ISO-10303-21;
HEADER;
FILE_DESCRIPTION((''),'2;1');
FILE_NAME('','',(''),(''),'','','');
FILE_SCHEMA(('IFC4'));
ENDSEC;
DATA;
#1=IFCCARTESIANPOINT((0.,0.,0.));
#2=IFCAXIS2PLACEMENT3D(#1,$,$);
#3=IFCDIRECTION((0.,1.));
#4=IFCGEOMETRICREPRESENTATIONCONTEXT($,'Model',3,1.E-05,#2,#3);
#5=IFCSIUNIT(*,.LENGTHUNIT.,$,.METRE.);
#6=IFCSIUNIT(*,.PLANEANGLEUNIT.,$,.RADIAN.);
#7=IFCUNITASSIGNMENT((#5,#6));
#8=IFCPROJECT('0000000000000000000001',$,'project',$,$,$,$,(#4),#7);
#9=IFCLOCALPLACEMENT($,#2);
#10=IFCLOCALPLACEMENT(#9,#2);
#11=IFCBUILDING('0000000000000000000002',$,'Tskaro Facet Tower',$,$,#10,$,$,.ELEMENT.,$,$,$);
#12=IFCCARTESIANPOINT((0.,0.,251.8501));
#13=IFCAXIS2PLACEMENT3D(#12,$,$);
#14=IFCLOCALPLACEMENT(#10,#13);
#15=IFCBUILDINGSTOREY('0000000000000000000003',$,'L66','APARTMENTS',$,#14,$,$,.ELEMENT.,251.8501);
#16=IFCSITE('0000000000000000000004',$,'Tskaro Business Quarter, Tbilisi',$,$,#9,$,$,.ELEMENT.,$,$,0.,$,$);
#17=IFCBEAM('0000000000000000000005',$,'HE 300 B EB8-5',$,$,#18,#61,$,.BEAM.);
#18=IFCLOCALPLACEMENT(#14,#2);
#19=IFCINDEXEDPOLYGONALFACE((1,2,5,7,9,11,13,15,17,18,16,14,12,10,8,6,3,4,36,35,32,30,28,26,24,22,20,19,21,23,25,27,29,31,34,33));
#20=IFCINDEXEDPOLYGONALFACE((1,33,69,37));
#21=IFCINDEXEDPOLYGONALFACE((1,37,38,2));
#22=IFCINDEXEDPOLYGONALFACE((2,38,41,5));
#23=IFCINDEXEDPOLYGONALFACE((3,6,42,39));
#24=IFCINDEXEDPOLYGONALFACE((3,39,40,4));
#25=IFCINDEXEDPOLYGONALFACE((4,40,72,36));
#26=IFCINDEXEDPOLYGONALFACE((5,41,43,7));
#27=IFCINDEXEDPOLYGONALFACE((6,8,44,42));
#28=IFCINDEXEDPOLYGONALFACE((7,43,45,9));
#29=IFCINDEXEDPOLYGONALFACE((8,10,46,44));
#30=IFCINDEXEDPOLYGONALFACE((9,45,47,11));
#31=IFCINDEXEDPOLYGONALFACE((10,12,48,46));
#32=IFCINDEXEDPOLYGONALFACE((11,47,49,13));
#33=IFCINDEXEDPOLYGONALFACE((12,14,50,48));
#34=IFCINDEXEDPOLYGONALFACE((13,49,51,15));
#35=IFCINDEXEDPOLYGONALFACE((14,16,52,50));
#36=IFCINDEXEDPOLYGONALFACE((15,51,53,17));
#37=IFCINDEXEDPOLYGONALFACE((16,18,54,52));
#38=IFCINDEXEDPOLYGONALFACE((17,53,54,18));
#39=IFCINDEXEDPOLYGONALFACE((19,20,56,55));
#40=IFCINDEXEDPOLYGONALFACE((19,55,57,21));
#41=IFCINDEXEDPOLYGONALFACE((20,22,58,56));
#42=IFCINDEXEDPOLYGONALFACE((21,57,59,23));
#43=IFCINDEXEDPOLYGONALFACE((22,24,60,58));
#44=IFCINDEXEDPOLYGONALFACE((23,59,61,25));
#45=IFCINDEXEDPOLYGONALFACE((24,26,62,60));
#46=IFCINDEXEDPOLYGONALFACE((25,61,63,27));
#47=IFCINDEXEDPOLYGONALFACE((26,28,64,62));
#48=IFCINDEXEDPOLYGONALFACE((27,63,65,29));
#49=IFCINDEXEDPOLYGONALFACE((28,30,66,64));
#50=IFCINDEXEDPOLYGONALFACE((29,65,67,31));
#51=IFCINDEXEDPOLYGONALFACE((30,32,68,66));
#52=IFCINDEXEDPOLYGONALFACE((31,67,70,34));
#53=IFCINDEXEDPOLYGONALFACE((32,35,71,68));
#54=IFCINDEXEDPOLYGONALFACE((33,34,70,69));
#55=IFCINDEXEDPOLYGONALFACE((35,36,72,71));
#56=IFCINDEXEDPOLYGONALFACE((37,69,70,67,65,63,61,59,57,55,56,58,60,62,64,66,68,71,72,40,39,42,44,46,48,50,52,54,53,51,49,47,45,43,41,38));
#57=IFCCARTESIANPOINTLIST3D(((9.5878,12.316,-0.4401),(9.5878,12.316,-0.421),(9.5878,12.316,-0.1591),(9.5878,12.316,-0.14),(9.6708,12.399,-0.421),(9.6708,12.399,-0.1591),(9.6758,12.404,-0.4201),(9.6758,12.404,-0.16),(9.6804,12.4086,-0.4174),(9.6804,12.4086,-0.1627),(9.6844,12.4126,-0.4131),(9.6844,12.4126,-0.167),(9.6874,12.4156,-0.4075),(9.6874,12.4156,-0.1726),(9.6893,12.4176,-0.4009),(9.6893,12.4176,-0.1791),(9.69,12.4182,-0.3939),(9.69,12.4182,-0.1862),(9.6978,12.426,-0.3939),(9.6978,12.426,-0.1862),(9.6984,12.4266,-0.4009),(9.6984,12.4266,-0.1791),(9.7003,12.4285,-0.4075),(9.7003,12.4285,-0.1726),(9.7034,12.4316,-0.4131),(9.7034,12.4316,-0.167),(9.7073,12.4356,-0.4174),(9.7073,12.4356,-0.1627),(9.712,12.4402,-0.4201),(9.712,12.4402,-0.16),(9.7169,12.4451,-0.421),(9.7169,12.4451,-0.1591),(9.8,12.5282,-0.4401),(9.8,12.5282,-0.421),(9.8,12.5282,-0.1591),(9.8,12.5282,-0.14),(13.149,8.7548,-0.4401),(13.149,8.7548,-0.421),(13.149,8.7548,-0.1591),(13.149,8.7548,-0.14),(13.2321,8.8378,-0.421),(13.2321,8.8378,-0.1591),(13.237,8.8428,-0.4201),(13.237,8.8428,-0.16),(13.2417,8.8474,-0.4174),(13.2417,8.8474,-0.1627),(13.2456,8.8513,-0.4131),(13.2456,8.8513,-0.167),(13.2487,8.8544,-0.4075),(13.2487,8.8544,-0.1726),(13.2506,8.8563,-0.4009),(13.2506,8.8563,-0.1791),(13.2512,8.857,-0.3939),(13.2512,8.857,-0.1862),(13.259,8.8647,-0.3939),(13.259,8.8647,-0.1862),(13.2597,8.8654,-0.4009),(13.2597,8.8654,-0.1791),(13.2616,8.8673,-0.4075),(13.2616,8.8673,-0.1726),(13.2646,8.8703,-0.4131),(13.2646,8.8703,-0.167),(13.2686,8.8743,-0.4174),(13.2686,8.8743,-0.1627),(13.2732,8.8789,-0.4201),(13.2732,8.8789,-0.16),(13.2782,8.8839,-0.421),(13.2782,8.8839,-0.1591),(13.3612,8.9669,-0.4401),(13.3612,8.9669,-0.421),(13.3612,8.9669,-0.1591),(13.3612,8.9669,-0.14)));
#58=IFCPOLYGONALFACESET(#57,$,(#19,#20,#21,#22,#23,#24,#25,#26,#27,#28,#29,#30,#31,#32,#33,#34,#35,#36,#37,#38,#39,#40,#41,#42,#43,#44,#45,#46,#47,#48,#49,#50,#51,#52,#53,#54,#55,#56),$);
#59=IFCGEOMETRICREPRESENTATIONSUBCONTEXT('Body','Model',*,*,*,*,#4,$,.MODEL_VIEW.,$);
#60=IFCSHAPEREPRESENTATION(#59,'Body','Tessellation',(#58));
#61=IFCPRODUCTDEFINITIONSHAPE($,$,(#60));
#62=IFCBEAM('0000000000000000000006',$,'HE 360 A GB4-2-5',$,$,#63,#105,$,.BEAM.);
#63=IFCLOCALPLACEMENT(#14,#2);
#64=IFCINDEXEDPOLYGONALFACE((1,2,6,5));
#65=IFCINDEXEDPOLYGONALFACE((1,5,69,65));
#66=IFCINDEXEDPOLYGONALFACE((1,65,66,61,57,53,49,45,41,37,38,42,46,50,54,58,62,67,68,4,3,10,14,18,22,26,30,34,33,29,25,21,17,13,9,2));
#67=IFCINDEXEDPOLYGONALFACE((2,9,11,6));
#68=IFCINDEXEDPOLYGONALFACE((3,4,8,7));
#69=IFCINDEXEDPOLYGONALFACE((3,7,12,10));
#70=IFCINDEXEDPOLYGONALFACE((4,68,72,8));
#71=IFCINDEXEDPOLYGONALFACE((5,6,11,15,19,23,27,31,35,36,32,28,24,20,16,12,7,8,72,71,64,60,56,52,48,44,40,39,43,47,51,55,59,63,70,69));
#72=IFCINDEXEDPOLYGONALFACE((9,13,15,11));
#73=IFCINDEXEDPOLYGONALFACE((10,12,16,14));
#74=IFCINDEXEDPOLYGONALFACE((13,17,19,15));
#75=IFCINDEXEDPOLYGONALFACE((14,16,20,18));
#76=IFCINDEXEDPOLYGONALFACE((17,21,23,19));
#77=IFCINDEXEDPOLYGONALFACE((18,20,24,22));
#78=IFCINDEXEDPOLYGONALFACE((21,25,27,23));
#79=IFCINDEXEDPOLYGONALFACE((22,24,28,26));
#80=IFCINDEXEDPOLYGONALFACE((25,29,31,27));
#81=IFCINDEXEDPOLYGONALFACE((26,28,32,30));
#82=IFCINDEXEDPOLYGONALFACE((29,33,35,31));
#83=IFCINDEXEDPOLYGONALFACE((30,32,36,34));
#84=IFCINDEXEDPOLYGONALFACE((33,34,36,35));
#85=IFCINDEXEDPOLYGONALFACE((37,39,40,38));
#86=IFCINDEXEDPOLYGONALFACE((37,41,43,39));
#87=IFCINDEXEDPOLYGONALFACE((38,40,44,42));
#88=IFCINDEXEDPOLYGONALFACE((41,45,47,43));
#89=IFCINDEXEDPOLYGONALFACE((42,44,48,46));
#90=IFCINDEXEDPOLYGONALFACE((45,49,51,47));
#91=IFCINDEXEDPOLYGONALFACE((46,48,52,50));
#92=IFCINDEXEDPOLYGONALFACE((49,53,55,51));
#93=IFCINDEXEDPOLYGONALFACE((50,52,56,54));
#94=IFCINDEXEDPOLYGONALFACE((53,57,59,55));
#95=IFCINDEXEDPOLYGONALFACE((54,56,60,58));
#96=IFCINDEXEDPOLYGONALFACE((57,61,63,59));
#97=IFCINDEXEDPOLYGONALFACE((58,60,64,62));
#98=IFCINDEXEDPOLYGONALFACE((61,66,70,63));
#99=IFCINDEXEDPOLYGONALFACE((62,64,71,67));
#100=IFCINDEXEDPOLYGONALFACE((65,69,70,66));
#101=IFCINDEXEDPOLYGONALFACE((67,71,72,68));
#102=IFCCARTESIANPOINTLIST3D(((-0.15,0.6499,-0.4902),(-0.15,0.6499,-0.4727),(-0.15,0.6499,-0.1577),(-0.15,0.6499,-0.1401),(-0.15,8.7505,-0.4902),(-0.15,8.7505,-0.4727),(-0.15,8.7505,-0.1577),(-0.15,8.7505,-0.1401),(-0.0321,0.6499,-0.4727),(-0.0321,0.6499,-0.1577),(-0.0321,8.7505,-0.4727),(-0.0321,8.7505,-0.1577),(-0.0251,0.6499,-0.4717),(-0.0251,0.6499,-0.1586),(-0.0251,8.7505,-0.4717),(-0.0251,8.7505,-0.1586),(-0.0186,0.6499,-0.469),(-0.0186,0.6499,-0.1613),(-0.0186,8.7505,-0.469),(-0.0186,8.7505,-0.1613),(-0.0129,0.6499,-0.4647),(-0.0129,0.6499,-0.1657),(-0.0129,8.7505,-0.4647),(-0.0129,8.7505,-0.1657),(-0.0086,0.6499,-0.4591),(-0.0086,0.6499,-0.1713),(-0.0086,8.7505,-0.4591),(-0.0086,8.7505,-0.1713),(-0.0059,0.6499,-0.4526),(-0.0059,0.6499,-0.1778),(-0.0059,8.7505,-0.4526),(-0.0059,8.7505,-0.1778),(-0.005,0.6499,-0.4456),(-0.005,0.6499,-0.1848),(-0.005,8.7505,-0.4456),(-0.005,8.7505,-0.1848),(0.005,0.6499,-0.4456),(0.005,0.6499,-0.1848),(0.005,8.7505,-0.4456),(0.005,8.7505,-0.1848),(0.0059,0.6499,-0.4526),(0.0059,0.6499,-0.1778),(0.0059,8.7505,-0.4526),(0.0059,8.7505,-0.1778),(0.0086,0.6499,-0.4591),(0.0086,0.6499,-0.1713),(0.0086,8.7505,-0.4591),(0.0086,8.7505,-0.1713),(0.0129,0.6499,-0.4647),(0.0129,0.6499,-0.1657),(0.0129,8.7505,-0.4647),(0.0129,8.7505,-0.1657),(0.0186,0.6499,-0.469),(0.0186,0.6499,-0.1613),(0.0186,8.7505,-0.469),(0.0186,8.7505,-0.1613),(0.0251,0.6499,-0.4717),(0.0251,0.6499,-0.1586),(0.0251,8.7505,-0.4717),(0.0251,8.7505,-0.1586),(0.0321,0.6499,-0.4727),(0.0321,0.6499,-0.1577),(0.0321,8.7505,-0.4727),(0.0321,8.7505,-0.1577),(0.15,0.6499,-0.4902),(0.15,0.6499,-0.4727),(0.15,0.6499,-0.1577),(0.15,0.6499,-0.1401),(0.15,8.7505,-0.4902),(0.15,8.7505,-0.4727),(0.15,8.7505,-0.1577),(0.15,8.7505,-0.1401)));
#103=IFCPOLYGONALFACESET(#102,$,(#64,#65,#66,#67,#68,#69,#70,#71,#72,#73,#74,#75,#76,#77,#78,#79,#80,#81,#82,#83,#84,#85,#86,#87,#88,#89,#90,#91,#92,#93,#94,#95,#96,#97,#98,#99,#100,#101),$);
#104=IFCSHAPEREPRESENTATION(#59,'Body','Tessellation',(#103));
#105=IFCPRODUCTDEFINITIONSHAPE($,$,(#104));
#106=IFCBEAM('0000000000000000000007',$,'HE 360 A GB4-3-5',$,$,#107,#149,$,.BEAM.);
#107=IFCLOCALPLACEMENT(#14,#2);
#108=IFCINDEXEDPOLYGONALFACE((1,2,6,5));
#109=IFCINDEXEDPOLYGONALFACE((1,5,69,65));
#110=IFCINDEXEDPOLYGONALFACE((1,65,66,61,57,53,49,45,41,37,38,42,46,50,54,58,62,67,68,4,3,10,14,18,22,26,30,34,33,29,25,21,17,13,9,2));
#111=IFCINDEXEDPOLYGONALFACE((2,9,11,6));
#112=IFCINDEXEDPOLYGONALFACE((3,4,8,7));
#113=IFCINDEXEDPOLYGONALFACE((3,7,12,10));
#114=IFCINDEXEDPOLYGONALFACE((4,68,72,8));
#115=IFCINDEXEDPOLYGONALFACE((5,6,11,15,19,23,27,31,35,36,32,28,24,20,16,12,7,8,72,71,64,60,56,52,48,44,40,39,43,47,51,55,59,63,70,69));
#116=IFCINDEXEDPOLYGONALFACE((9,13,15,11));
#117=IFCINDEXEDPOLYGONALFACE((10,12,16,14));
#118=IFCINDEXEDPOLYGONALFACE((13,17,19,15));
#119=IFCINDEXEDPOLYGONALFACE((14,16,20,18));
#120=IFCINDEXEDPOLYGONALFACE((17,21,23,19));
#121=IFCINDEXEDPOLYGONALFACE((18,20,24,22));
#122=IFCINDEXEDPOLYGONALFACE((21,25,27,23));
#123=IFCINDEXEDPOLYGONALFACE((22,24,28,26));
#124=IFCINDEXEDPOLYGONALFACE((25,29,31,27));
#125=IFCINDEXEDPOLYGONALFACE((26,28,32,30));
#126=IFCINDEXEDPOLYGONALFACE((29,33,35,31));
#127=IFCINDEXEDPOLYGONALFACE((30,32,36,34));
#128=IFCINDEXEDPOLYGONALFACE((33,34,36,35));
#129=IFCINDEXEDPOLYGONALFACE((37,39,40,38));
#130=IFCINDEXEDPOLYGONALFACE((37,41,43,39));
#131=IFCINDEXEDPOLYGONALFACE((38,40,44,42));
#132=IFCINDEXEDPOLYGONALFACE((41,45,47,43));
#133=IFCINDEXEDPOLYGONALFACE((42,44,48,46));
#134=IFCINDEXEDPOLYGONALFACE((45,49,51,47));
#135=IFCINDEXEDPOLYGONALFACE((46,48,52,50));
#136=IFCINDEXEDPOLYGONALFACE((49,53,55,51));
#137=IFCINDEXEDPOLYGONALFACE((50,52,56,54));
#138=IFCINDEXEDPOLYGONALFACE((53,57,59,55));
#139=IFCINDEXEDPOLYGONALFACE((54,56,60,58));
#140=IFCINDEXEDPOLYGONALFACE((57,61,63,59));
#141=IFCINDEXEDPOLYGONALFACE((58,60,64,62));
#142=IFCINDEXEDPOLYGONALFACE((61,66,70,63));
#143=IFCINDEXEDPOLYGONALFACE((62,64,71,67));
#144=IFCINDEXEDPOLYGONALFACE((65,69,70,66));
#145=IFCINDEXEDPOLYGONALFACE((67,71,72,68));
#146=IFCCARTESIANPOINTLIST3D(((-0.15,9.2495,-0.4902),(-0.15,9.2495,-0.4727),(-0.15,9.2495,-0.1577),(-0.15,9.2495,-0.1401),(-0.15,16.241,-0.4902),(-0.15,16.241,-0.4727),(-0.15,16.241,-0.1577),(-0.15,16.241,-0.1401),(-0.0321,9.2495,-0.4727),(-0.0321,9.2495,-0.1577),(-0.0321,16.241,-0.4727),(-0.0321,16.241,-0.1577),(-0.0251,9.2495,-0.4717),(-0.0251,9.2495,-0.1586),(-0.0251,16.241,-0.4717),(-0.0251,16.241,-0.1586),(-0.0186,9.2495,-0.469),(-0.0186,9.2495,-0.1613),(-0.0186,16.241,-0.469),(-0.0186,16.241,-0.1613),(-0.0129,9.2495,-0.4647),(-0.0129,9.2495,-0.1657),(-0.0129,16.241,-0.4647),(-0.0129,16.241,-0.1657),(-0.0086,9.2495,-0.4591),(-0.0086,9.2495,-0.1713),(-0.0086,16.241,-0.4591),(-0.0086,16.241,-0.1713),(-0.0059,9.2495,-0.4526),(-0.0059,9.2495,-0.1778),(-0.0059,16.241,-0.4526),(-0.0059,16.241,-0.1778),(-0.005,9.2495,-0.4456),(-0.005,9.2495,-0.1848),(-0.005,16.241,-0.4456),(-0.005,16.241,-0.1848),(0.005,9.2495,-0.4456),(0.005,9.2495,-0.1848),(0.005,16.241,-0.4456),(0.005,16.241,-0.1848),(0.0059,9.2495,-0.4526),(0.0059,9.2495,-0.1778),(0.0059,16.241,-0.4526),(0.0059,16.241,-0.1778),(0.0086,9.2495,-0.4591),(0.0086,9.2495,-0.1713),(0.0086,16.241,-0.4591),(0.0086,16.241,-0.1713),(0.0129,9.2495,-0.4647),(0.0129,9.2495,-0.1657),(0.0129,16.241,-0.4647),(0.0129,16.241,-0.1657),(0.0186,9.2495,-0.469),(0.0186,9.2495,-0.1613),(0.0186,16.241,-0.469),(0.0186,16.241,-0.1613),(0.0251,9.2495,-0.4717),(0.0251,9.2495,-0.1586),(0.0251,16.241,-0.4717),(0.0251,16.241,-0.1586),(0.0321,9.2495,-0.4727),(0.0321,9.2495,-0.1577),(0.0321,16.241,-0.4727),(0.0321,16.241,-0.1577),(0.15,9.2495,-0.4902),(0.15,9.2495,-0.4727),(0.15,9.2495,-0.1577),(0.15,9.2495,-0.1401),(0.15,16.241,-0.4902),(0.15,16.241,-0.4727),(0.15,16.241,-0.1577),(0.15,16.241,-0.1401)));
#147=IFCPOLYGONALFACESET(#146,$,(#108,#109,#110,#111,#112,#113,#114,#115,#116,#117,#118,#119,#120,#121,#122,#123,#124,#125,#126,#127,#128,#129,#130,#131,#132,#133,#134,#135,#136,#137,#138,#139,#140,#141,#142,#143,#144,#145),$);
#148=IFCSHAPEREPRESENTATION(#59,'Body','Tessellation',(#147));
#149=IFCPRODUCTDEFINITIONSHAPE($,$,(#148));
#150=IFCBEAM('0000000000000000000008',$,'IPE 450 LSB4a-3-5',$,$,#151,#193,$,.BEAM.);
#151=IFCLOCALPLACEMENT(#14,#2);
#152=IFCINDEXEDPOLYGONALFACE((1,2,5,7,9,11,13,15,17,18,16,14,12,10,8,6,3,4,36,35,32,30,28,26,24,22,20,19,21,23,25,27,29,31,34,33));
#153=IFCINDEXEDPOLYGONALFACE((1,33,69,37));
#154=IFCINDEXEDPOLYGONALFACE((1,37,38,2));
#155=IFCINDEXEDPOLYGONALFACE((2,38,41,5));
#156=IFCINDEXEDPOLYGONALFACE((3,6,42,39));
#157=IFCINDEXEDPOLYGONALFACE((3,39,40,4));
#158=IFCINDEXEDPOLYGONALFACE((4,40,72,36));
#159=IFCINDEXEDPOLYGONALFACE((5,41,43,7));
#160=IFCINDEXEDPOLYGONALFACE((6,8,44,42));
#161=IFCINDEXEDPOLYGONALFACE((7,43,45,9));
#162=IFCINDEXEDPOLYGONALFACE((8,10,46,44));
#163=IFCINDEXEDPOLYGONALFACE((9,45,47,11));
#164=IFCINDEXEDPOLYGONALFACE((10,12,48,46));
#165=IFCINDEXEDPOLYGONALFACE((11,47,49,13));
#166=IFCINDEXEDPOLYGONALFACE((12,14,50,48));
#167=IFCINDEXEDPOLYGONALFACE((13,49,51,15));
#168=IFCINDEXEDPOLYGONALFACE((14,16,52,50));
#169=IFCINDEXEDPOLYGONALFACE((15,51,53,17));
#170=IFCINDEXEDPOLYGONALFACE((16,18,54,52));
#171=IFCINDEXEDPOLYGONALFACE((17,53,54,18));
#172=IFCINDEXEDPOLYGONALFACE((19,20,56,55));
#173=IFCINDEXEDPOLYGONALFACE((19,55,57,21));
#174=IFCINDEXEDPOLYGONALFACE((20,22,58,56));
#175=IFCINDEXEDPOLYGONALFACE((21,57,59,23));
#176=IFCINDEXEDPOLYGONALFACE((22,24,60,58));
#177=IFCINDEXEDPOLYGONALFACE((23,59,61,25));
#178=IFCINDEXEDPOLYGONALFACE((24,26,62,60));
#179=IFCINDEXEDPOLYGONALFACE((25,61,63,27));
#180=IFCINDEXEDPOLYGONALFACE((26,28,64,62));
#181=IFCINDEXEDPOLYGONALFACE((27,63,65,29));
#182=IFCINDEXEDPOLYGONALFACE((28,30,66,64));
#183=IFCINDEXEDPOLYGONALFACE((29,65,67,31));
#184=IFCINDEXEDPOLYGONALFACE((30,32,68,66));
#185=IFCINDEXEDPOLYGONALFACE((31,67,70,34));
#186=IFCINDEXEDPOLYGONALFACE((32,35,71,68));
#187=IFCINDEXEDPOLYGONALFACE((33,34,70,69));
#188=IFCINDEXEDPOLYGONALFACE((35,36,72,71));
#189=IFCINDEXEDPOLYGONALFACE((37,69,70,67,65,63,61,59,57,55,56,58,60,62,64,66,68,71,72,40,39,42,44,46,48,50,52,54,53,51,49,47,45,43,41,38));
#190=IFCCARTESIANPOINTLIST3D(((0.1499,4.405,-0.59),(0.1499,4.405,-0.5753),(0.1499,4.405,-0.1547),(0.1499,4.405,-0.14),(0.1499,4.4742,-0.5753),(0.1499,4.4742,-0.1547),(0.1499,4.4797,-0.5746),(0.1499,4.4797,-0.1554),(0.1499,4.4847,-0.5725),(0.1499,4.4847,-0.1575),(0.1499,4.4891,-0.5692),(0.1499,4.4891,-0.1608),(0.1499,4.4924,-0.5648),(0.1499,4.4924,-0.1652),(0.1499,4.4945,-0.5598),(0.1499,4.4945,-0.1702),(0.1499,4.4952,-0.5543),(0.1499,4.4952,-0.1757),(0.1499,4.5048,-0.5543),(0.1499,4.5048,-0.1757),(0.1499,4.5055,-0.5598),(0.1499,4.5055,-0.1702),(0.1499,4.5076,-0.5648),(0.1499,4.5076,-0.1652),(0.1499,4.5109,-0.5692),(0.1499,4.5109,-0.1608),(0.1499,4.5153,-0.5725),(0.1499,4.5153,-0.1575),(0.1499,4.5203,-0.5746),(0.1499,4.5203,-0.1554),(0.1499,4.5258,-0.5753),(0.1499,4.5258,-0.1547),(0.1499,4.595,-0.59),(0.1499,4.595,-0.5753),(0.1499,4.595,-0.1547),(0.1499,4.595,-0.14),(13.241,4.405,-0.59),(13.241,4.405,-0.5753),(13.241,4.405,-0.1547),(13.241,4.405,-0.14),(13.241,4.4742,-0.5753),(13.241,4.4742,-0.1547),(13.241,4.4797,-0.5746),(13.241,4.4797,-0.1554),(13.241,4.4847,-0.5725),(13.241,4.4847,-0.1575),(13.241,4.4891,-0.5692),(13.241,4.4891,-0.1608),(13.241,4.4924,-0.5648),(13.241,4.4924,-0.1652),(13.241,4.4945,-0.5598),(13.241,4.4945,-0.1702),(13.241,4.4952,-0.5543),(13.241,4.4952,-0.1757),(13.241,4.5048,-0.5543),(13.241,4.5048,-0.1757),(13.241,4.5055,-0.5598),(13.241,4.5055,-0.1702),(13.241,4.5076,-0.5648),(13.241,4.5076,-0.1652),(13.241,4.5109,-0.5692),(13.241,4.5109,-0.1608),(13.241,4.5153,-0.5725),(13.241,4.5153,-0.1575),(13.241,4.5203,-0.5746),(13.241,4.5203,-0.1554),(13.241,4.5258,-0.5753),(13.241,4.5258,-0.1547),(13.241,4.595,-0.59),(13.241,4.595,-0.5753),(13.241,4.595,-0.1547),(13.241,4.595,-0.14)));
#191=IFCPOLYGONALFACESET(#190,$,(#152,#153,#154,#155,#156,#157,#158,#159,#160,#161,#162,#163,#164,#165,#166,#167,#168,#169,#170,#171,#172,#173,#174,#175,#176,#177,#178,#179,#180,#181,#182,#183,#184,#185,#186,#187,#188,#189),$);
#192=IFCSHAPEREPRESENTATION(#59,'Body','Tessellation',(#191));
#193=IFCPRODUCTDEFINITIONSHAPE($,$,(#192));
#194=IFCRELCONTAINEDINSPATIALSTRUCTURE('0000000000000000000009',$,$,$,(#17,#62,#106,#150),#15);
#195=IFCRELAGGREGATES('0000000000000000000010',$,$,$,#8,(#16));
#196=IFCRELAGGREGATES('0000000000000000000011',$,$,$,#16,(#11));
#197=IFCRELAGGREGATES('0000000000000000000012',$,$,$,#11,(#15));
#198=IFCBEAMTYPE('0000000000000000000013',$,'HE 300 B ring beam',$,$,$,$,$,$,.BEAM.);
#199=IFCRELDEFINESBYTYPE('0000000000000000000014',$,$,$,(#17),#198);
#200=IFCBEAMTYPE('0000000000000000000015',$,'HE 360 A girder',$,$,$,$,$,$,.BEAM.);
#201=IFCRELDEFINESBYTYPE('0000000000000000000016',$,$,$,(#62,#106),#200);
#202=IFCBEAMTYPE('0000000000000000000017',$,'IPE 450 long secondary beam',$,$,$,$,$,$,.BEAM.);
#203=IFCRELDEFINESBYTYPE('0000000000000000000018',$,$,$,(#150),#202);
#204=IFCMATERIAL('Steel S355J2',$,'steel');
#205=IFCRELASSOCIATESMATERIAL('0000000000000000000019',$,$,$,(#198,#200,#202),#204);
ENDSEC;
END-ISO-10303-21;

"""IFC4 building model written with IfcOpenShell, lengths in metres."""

from ifc_helpers import new_model, si_unit, direction, frame, origin, origin_2d, place, context, subcontext, project, spatial, i_section, extrude, material, material_profile, profile_set, type_object, element, save


model = new_model("IFC4")

# Units and contexts
model_context = context("Model", 3, precision=1e-05, world=origin(), true_north=direction((0.0, 1.0)))
body_context = subcontext(model_context, "Body", "Model", "MODEL_VIEW")
ifc_project = project(units=[si_unit("LENGTHUNIT", "METRE"), si_unit("PLANEANGLEUNIT", "RADIAN")], contexts=[model_context])

# Site, building, storey
site_placement = place(None, origin())
site = spatial("IfcSite", under=ifc_project, at=site_placement, Name="Tskaro Business Quarter, Tbilisi", CompositionType="ELEMENT", RefElevation=0.0)
building_placement = place(site_placement, origin())
building = spatial("IfcBuilding", under=site, at=building_placement, Name="Tskaro Facet Tower", CompositionType="ELEMENT")
storey_placement = place(building_placement, frame((0.0, 0.0, 251.8501)))
storey = spatial("IfcBuildingStorey", under=building, at=storey_placement, Name="L66", Description="APARTMENTS", CompositionType="ELEMENT", Elevation=251.8501)

# Beams
ifc_material_1 = material(Name="Steel S355J2", Category="steel")
ifc_material_profile_1 = material_profile(ifc_material_1, i_section(OverallWidth=0.3, OverallDepth=0.3, WebThickness=0.011, FlangeThickness=0.019, FilletRadius=0.0271, at=origin_2d()), Name="HE 300 B")
ifc_profile_set_1 = profile_set([ifc_material_profile_1], Name="Steel S355J2")
beam_type_1 = type_object("IfcBeamType", Name="HE 300 B ring beam", PredefinedType="BEAM", material=ifc_profile_set_1)
beam_1_placement = place(storey_placement, frame((13.2551, 8.8608, -0.29), z_axis=(-0.707107, 0.707107, 0.0), x_axis=(-0.707107, -0.707107, 0.0)))
element("IfcBeam", 1, at=beam_1_placement, inside=storey, type_object=beam_type_1, Name="HE 300 B EB8-5", PredefinedType="BEAM", context=body_context, shape_type="SweptSolid", body=[
    extrude(i_section(OverallWidth=0.3, OverallDepth=0.3, WebThickness=0.011, FlangeThickness=0.019, FilletRadius=0.0271, at=origin_2d()), origin(), (0.0, 0.0, 1.0), 5.0364),
])
ifc_material_profile_2 = material_profile(ifc_material_1, i_section(OverallWidth=0.3, OverallDepth=0.3501, WebThickness=0.01, FlangeThickness=0.0176, FilletRadius=0.0271, at=origin_2d()), Name="HE 360 A")
ifc_profile_set_2 = profile_set([ifc_material_profile_2], Name="Steel S355J2")
beam_type_2 = type_object("IfcBeamType", Name="HE 360 A girder", PredefinedType="BEAM", material=ifc_profile_set_2)
beam_2_placement = place(storey_placement, frame((0.0, 0.6499, -0.3152), z_axis=(0.0, 1.0, 0.0), x_axis=(-1.0, 0.0, 0.0)))
element("IfcBeam", 2, at=beam_2_placement, inside=storey, type_object=beam_type_2, Name="HE 360 A GB4-2-5", PredefinedType="BEAM", context=body_context, shape_type="SweptSolid", body=[
    extrude(i_section(OverallWidth=0.3, OverallDepth=0.3501, WebThickness=0.01, FlangeThickness=0.0176, FilletRadius=0.0271, at=origin_2d()), origin(), (0.0, 0.0, 1.0), 8.1006),
])
beam_3_placement = place(storey_placement, frame((0.0, 9.2495, -0.3152), z_axis=(0.0, 1.0, 0.0), x_axis=(-1.0, 0.0, 0.0)))
element("IfcBeam", 3, at=beam_3_placement, inside=storey, type_object=beam_type_2, Name="HE 360 A GB4-3-5", PredefinedType="BEAM", context=body_context, shape_type="SweptSolid", body=[
    extrude(i_section(OverallWidth=0.3, OverallDepth=0.3501, WebThickness=0.01, FlangeThickness=0.0176, FilletRadius=0.0271, at=origin_2d()), origin(), (0.0, 0.0, 1.0), 6.9915),
])
ifc_material_profile_3 = material_profile(ifc_material_1, i_section(OverallWidth=0.1899, OverallDepth=0.45, WebThickness=0.0095, FlangeThickness=0.0146, FilletRadius=0.021, at=origin_2d()), Name="IPE 450")
ifc_profile_set_3 = profile_set([ifc_material_profile_3], Name="Steel S355J2")
beam_type_3 = type_object("IfcBeamType", Name="IPE 450 long secondary beam", PredefinedType="BEAM", material=ifc_profile_set_3)
beam_4_placement = place(storey_placement, frame((0.1499, 4.5, -0.365), z_axis=(1.0, 0.0, 0.0), x_axis=(0.0, 1.0, 0.0)))
element("IfcBeam", 4, at=beam_4_placement, inside=storey, type_object=beam_type_3, Name="IPE 450 LSB4a-3-5", PredefinedType="BEAM", context=body_context, shape_type="SweptSolid", body=[
    extrude(i_section(OverallWidth=0.1899, OverallDepth=0.45, WebThickness=0.0095, FlangeThickness=0.0146, FilletRadius=0.021, at=origin_2d()), origin(), (0.0, 0.0, 1.0), 13.0911),
])

save(model, "model.ifc")
